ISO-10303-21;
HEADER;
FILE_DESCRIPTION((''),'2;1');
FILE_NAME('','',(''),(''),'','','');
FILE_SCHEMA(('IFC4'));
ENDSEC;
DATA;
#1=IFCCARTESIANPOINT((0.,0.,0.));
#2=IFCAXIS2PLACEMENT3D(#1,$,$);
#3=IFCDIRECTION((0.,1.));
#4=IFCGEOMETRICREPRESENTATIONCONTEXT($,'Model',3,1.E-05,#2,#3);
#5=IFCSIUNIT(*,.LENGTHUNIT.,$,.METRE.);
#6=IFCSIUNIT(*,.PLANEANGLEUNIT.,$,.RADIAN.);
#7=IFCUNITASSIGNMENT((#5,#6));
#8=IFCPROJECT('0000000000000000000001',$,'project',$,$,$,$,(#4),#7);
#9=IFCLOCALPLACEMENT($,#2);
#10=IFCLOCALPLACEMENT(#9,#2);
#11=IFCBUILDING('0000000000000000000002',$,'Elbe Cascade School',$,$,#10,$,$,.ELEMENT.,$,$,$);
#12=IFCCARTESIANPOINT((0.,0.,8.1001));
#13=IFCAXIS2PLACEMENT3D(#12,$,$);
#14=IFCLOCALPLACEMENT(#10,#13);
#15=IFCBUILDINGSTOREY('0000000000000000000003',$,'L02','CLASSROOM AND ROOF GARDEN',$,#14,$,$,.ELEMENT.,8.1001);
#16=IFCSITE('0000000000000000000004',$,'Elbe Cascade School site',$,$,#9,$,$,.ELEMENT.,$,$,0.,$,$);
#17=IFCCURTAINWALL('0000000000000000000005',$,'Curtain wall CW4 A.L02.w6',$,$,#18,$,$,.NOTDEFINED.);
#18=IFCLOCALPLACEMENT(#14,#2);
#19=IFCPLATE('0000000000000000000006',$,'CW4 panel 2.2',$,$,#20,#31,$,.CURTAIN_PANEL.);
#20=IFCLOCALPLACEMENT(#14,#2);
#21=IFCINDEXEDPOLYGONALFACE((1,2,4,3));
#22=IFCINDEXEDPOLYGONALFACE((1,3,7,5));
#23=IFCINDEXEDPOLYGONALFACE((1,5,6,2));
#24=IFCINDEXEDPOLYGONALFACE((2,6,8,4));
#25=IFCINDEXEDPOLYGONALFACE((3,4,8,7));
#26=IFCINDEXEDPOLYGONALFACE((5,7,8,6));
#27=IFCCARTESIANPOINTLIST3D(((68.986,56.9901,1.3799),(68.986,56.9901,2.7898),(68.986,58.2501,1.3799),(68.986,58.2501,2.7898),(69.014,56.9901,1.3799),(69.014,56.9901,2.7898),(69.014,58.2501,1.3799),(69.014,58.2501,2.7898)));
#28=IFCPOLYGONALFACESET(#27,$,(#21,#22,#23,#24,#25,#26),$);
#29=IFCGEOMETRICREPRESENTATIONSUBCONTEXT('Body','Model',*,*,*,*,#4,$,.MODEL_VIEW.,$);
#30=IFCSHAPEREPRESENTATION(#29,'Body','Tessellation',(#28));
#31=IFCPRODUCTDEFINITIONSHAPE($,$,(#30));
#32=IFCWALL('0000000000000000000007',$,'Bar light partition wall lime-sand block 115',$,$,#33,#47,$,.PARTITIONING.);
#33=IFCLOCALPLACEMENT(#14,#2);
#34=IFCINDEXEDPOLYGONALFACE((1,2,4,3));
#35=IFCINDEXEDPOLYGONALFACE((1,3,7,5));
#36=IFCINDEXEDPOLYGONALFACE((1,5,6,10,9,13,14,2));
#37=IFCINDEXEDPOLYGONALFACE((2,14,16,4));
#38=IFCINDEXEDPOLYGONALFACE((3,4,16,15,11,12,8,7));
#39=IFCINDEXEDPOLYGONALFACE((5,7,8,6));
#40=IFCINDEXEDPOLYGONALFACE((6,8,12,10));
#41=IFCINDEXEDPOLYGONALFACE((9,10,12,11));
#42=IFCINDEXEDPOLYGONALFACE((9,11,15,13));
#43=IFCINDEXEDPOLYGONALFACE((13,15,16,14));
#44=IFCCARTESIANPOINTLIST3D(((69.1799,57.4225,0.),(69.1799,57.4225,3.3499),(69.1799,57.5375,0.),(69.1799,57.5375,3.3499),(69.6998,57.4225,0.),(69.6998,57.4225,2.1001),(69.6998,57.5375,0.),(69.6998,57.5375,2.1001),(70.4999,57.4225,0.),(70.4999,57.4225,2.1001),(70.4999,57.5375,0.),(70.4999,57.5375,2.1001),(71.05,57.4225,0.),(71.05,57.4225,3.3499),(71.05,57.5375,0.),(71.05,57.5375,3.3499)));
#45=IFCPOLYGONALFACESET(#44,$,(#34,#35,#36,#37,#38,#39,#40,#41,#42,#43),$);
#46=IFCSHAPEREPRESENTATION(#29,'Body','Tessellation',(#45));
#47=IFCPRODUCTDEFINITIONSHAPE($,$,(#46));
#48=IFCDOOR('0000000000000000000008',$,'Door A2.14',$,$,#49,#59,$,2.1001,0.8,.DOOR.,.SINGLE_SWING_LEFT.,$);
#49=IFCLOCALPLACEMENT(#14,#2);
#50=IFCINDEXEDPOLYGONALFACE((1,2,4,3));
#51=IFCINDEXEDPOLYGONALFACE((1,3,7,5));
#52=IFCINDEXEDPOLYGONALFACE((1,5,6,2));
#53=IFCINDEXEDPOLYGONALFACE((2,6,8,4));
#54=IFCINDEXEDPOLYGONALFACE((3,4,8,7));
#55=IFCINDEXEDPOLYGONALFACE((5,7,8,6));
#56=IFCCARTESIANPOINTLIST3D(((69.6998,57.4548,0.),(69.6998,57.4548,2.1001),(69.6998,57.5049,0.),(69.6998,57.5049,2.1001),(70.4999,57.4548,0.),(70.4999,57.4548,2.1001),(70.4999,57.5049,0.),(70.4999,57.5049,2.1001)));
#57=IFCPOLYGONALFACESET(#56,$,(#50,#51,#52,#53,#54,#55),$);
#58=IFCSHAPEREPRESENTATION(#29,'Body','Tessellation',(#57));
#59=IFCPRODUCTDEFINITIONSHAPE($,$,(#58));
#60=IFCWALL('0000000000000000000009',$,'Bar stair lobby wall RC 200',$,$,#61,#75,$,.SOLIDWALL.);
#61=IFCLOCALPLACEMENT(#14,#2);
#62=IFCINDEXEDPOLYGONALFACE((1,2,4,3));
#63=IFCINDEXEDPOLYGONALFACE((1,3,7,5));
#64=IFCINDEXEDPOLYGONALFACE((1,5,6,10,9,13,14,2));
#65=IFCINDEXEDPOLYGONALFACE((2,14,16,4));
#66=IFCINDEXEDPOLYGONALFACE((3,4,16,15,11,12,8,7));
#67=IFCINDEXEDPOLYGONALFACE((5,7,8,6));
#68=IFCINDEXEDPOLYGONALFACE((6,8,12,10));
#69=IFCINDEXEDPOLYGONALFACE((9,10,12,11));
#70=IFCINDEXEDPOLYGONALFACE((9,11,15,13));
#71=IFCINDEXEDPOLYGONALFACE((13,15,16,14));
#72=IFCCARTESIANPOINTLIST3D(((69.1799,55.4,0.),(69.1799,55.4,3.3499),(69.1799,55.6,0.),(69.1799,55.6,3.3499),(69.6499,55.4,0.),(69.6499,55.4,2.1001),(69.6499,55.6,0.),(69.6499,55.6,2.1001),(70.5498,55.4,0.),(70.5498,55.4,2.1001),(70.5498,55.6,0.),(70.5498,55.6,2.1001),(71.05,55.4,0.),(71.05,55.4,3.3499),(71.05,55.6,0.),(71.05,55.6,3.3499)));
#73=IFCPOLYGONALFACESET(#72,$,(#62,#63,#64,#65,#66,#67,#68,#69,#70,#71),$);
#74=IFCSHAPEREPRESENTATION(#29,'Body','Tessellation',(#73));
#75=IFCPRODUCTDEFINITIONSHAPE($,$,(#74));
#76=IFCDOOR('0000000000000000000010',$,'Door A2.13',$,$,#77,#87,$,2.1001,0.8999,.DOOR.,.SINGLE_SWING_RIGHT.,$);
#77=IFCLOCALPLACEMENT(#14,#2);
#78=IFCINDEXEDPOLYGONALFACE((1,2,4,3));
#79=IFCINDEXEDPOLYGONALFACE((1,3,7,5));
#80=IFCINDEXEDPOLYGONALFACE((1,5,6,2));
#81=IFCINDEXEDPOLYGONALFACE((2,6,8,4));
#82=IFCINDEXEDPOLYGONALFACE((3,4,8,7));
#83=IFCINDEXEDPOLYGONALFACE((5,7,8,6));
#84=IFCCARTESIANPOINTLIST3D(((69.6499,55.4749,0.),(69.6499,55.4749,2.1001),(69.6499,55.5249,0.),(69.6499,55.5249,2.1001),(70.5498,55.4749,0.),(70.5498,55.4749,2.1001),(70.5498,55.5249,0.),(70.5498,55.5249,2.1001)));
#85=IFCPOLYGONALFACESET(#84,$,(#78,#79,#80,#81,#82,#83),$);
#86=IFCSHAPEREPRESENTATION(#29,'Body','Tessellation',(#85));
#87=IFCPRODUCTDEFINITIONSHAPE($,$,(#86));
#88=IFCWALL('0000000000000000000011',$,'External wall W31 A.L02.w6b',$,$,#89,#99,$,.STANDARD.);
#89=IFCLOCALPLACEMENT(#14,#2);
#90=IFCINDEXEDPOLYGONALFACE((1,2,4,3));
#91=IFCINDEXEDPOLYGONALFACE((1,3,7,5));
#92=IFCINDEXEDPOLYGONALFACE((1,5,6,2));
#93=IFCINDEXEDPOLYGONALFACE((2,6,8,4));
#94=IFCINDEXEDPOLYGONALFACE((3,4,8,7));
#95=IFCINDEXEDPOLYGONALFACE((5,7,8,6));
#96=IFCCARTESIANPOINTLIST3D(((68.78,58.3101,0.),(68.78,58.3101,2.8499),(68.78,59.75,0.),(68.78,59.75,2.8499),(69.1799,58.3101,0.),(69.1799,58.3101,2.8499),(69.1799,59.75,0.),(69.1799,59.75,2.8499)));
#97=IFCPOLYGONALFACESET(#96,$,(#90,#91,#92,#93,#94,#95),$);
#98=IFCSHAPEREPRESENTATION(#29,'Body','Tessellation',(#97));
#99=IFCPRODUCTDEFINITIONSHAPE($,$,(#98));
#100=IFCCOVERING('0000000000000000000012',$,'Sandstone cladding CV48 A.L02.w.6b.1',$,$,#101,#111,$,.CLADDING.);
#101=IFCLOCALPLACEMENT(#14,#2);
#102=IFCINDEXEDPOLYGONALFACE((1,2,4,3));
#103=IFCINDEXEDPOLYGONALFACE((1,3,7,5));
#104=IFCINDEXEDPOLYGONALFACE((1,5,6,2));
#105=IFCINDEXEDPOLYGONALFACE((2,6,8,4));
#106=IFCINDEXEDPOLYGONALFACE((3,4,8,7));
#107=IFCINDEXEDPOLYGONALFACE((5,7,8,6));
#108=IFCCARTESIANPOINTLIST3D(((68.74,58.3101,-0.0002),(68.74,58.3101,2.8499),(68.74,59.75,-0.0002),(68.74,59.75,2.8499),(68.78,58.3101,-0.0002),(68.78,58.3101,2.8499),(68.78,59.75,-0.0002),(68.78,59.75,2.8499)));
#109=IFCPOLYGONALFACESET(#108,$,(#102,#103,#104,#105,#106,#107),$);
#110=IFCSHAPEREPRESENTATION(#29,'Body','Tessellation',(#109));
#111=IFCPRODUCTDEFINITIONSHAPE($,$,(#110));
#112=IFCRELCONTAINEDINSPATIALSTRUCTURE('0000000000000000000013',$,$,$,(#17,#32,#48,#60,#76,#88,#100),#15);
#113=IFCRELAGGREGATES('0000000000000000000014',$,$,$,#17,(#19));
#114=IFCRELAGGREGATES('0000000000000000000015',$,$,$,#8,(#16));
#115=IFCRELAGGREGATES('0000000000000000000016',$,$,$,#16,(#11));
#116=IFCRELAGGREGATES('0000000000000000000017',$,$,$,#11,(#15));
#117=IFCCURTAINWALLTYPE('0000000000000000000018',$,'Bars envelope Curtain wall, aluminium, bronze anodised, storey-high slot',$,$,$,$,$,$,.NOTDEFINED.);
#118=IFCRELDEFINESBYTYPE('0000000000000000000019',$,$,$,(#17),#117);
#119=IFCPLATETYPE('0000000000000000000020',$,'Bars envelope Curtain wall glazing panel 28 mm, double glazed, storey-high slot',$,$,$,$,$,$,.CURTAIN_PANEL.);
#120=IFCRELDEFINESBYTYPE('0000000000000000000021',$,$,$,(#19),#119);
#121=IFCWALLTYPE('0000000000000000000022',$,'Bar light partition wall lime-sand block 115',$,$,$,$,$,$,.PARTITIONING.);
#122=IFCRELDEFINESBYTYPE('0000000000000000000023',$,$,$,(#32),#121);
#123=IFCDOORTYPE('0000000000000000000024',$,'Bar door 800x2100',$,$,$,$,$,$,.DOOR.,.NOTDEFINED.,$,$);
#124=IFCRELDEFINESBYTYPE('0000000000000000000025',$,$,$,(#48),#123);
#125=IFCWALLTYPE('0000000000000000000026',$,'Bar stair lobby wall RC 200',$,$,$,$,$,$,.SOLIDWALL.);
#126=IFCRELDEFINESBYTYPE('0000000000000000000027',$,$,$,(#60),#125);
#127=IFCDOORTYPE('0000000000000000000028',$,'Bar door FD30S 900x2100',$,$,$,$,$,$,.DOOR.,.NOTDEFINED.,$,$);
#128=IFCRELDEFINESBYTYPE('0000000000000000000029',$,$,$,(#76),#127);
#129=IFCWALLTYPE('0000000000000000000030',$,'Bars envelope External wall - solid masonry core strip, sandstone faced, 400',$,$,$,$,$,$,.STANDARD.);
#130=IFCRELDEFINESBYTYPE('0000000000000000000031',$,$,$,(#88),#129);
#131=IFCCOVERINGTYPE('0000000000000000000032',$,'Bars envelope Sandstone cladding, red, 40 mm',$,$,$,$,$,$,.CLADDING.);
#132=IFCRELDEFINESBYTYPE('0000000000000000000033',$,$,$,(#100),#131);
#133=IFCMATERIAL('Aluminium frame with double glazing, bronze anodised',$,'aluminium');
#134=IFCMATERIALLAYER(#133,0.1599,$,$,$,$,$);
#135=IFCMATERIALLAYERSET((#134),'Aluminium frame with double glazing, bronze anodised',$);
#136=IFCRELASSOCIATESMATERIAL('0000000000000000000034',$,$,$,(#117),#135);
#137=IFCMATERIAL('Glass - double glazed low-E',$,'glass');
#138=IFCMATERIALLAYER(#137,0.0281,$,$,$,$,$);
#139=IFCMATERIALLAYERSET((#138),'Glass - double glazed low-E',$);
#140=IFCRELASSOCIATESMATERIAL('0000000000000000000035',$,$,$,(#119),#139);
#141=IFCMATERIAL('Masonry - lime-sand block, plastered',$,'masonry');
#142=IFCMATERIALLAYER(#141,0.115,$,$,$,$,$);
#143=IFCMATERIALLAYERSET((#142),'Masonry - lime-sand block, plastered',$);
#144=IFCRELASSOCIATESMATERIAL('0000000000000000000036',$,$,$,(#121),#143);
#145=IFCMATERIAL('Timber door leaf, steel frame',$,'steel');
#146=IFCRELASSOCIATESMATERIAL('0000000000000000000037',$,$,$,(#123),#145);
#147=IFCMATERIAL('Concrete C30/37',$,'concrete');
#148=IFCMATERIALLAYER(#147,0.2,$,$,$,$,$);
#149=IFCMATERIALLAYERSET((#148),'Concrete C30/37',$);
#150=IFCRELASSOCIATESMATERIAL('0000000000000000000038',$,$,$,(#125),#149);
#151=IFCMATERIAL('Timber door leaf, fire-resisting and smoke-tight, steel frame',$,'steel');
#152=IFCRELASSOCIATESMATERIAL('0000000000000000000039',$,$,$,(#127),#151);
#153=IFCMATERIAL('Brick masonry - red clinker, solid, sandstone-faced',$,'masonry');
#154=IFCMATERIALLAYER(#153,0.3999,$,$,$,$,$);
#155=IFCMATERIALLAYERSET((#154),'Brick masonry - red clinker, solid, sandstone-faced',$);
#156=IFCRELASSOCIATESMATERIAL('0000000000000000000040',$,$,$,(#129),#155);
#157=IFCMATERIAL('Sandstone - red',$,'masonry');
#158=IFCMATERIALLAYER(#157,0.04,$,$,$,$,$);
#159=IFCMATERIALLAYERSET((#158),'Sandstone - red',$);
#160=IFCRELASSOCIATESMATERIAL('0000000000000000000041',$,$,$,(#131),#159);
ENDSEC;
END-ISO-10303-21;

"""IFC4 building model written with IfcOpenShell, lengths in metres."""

from ifc_helpers import new_model, si_unit, direction, frame, frame_2d, origin, origin_2d, place, context, subcontext, project, spatial, rectangle, extrude, material, layer, layer_set, type_object, element, fill, aggregate, save


model = new_model("IFC4")

# Units and contexts
model_context = context("Model", 3, precision=1e-05, world=origin(), true_north=direction((0.0, 1.0)))
body_context = subcontext(model_context, "Body", "Model", "MODEL_VIEW")
ifc_project = project(units=[si_unit("LENGTHUNIT", "METRE"), si_unit("PLANEANGLEUNIT", "RADIAN")], contexts=[model_context])

# Site, building, storey
site_placement = place(None, origin())
site = spatial("IfcSite", under=ifc_project, at=site_placement, Name="Elbe Cascade School site", CompositionType="ELEMENT", RefElevation=0.0)
building_placement = place(site_placement, origin())
building = spatial("IfcBuilding", under=site, at=building_placement, Name="Elbe Cascade School", CompositionType="ELEMENT")
storey_placement = place(building_placement, frame((0.0, 0.0, 8.1001)))
storey = spatial("IfcBuildingStorey", under=building, at=storey_placement, Name="L02", Description="CLASSROOM AND ROOF GARDEN", CompositionType="ELEMENT", Elevation=8.1001)

# Curtain wall, plate
ifc_material_1 = material(Name="Aluminium frame with double glazing, bronze anodised", Category="aluminium")
ifc_layer_1 = layer(ifc_material_1, 0.1599)
ifc_layer_set_1 = layer_set([ifc_layer_1], Name="Aluminium frame with double glazing, bronze anodised")
curtain_wall_type = type_object("IfcCurtainWallType", Name="Bars envelope Curtain wall, aluminium, bronze anodised, storey-high slot", PredefinedType="NOTDEFINED", material=ifc_layer_set_1)
curtain_wall_placement = place(storey_placement, origin())
curtain_wall = element("IfcCurtainWall", 1, at=curtain_wall_placement, inside=storey, type_object=curtain_wall_type, Name="Curtain wall CW4 A.L02.w6", PredefinedType="NOTDEFINED")
ifc_material_2 = material(Name="Glass - double glazed low-E", Category="glass")
ifc_layer_2 = layer(ifc_material_2, 0.0281)
ifc_layer_set_2 = layer_set([ifc_layer_2], Name="Glass - double glazed low-E")
plate_type = type_object("IfcPlateType", Name="Bars envelope Curtain wall glazing panel 28 mm, double glazed, storey-high slot", PredefinedType="CURTAIN_PANEL", material=ifc_layer_set_2)
plate_1_placement = place(storey_placement, frame((69.0, 57.6201, 1.3799), z_axis=(0.0, 0.0, 1.0), x_axis=(0.0, 1.0, 0.0)))
plate_1 = element("IfcPlate", 2, at=plate_1_placement, type_object=plate_type, Name="CW4 panel 2.2", PredefinedType="CURTAIN_PANEL", context=body_context, shape_type="SweptSolid", body=[
    extrude(rectangle(XDim=1.26, YDim=0.0281, at=origin_2d()), origin(), (0.0, 0.0, 1.0), 1.4099),
])
aggregate(curtain_wall, [plate_1])

# Walls, openings, doors
ifc_material_3 = material(Name="Masonry - lime-sand block, plastered", Category="masonry")
ifc_layer_3 = layer(ifc_material_3, 0.115)
ifc_layer_set_3 = layer_set([ifc_layer_3], Name="Masonry - lime-sand block, plastered")
wall_type_1 = type_object("IfcWallType", Name="Bar light partition wall lime-sand block 115", PredefinedType="PARTITIONING", material=ifc_layer_set_3)
wall_1_placement = place(storey_placement, frame((69.1799, 57.48, 0.0), z_axis=(0.0, 0.0, 1.0), x_axis=(1.0, 0.0, 0.0)))
wall_1 = element("IfcWall", 3, at=wall_1_placement, inside=storey, type_object=wall_type_1, Name="Bar light partition wall lime-sand block 115", PredefinedType="PARTITIONING", context=body_context, shape_type="SweptSolid", body=[
    extrude(rectangle(XDim=1.8701, YDim=0.115, at=frame_2d((0.9351, 0.0))), origin(), (0.0, 0.0, 1.0), 3.3499),
])
opening_1_placement = place(wall_1_placement, frame((0.52, 0.0, 0.0)))
opening_1 = element("IfcOpeningElement", 4, at=opening_1_placement, cuts=wall_1, PredefinedType="OPENING", context=body_context, shape_type="SweptSolid", body=[
    extrude(rectangle(XDim=0.8, YDim=2.1001, at=frame_2d((0.3999, 1.05))), frame((0.0, 0.0674, 0.0), z_axis=(0.0, -1.0, 0.0), x_axis=(1.0, 0.0, 0.0)), (0.0, 0.0, 1.0), 0.135),
])
ifc_material_4 = material(Name="Timber door leaf, steel frame", Category="steel")
door_type_1 = type_object("IfcDoorType", Name="Bar door 800x2100", OperationType="NOTDEFINED", PredefinedType="DOOR", material=ifc_material_4)
door_1_placement = place(opening_1_placement, origin())
door_1 = element("IfcDoor", 5, at=door_1_placement, inside=storey, type_object=door_type_1, Name="Door A2.14", OperationType="SINGLE_SWING_LEFT", OverallHeight=2.1001, OverallWidth=0.8, PredefinedType="DOOR", context=body_context, shape_type="SweptSolid", body=[
    extrude(rectangle(XDim=0.8, YDim=2.1001, at=frame_2d((0.3999, 1.05))), frame((0.0, 0.0249, 0.0), z_axis=(0.0, -1.0, 0.0), x_axis=(1.0, 0.0, 0.0)), (0.0, 0.0, 1.0), 0.05),
])
fill(opening_1, door_1)
ifc_material_5 = material(Name="Concrete C30/37", Category="concrete")
ifc_layer_4 = layer(ifc_material_5, 0.2)
ifc_layer_set_4 = layer_set([ifc_layer_4], Name="Concrete C30/37")
wall_type_2 = type_object("IfcWallType", Name="Bar stair lobby wall RC 200", PredefinedType="SOLIDWALL", material=ifc_layer_set_4)
wall_2_placement = place(storey_placement, frame((69.1799, 55.5, 0.0), z_axis=(0.0, 0.0, 1.0), x_axis=(1.0, 0.0, 0.0)))
wall_2 = element("IfcWall", 6, at=wall_2_placement, inside=storey, type_object=wall_type_2, Name="Bar stair lobby wall RC 200", PredefinedType="SOLIDWALL", context=body_context, shape_type="SweptSolid", body=[
    extrude(rectangle(XDim=1.8701, YDim=0.2, at=frame_2d((0.9351, 0.0))), origin(), (0.0, 0.0, 1.0), 3.3499),
])
opening_2_placement = place(wall_2_placement, frame((0.47, 0.0, 0.0)))
opening_2 = element("IfcOpeningElement", 7, at=opening_2_placement, cuts=wall_2, PredefinedType="OPENING", context=body_context, shape_type="SweptSolid", body=[
    extrude(rectangle(XDim=0.8999, YDim=2.1001, at=frame_2d((0.45, 1.05))), frame((0.0, 0.1099, 0.0), z_axis=(0.0, -1.0, 0.0), x_axis=(1.0, 0.0, 0.0)), (0.0, 0.0, 1.0), 0.22),
])
ifc_material_6 = material(Name="Timber door leaf, fire-resisting and smoke-tight, steel frame", Category="steel")
door_type_2 = type_object("IfcDoorType", Name="Bar door FD30S 900x2100", OperationType="NOTDEFINED", PredefinedType="DOOR", material=ifc_material_6)
door_2_placement = place(opening_2_placement, origin())
door_2 = element("IfcDoor", 8, at=door_2_placement, inside=storey, type_object=door_type_2, Name="Door A2.13", OperationType="SINGLE_SWING_RIGHT", OverallHeight=2.1001, OverallWidth=0.8999, PredefinedType="DOOR", context=body_context, shape_type="SweptSolid", body=[
    extrude(rectangle(XDim=0.8999, YDim=2.1001, at=frame_2d((0.45, 1.05))), frame((0.0, 0.0249, 0.0), z_axis=(0.0, -1.0, 0.0), x_axis=(1.0, 0.0, 0.0)), (0.0, 0.0, 1.0), 0.05),
])
fill(opening_2, door_2)

# Wall
ifc_material_7 = material(Name="Brick masonry - red clinker, solid, sandstone-faced", Category="masonry")
ifc_layer_5 = layer(ifc_material_7, 0.3999)
ifc_layer_set_5 = layer_set([ifc_layer_5], Name="Brick masonry - red clinker, solid, sandstone-faced")
wall_type_3 = type_object("IfcWallType", Name="Bars envelope External wall - solid masonry core strip, sandstone faced, 400", PredefinedType="STANDARD", material=ifc_layer_set_5)
wall_3_placement = place(storey_placement, frame((68.98, 58.3101, 0.0), z_axis=(0.0, 0.0, 1.0), x_axis=(0.0, 1.0, 0.0)))
element("IfcWall", 9, at=wall_3_placement, inside=storey, type_object=wall_type_3, Name="External wall W31 A.L02.w6b", PredefinedType="STANDARD", context=body_context, shape_type="SweptSolid", body=[
    extrude(rectangle(XDim=1.4399, YDim=0.3999, at=frame_2d((0.72, 0.0))), origin(), (0.0, 0.0, 1.0), 2.8499),
])

# Covering
ifc_material_8 = material(Name="Sandstone - red", Category="masonry")
ifc_layer_6 = layer(ifc_material_8, 0.04)
ifc_layer_set_6 = layer_set([ifc_layer_6], Name="Sandstone - red")
covering_type = type_object("IfcCoveringType", Name="Bars envelope Sandstone cladding, red, 40 mm", PredefinedType="CLADDING", material=ifc_layer_set_6)
covering_placement = place(storey_placement, frame((68.76, 59.03, -0.0002), z_axis=(0.0, 0.0, 1.0), x_axis=(0.0, 1.0, 0.0)))
element("IfcCovering", 10, at=covering_placement, inside=storey, type_object=covering_type, Name="Sandstone cladding CV48 A.L02.w.6b.1", PredefinedType="CLADDING", context=body_context, shape_type="SweptSolid", body=[
    extrude(rectangle(XDim=1.4399, YDim=0.04, at=origin_2d()), origin(), (0.0, 0.0, 1.0), 2.8501),
])

save(model, "model.ifc")
